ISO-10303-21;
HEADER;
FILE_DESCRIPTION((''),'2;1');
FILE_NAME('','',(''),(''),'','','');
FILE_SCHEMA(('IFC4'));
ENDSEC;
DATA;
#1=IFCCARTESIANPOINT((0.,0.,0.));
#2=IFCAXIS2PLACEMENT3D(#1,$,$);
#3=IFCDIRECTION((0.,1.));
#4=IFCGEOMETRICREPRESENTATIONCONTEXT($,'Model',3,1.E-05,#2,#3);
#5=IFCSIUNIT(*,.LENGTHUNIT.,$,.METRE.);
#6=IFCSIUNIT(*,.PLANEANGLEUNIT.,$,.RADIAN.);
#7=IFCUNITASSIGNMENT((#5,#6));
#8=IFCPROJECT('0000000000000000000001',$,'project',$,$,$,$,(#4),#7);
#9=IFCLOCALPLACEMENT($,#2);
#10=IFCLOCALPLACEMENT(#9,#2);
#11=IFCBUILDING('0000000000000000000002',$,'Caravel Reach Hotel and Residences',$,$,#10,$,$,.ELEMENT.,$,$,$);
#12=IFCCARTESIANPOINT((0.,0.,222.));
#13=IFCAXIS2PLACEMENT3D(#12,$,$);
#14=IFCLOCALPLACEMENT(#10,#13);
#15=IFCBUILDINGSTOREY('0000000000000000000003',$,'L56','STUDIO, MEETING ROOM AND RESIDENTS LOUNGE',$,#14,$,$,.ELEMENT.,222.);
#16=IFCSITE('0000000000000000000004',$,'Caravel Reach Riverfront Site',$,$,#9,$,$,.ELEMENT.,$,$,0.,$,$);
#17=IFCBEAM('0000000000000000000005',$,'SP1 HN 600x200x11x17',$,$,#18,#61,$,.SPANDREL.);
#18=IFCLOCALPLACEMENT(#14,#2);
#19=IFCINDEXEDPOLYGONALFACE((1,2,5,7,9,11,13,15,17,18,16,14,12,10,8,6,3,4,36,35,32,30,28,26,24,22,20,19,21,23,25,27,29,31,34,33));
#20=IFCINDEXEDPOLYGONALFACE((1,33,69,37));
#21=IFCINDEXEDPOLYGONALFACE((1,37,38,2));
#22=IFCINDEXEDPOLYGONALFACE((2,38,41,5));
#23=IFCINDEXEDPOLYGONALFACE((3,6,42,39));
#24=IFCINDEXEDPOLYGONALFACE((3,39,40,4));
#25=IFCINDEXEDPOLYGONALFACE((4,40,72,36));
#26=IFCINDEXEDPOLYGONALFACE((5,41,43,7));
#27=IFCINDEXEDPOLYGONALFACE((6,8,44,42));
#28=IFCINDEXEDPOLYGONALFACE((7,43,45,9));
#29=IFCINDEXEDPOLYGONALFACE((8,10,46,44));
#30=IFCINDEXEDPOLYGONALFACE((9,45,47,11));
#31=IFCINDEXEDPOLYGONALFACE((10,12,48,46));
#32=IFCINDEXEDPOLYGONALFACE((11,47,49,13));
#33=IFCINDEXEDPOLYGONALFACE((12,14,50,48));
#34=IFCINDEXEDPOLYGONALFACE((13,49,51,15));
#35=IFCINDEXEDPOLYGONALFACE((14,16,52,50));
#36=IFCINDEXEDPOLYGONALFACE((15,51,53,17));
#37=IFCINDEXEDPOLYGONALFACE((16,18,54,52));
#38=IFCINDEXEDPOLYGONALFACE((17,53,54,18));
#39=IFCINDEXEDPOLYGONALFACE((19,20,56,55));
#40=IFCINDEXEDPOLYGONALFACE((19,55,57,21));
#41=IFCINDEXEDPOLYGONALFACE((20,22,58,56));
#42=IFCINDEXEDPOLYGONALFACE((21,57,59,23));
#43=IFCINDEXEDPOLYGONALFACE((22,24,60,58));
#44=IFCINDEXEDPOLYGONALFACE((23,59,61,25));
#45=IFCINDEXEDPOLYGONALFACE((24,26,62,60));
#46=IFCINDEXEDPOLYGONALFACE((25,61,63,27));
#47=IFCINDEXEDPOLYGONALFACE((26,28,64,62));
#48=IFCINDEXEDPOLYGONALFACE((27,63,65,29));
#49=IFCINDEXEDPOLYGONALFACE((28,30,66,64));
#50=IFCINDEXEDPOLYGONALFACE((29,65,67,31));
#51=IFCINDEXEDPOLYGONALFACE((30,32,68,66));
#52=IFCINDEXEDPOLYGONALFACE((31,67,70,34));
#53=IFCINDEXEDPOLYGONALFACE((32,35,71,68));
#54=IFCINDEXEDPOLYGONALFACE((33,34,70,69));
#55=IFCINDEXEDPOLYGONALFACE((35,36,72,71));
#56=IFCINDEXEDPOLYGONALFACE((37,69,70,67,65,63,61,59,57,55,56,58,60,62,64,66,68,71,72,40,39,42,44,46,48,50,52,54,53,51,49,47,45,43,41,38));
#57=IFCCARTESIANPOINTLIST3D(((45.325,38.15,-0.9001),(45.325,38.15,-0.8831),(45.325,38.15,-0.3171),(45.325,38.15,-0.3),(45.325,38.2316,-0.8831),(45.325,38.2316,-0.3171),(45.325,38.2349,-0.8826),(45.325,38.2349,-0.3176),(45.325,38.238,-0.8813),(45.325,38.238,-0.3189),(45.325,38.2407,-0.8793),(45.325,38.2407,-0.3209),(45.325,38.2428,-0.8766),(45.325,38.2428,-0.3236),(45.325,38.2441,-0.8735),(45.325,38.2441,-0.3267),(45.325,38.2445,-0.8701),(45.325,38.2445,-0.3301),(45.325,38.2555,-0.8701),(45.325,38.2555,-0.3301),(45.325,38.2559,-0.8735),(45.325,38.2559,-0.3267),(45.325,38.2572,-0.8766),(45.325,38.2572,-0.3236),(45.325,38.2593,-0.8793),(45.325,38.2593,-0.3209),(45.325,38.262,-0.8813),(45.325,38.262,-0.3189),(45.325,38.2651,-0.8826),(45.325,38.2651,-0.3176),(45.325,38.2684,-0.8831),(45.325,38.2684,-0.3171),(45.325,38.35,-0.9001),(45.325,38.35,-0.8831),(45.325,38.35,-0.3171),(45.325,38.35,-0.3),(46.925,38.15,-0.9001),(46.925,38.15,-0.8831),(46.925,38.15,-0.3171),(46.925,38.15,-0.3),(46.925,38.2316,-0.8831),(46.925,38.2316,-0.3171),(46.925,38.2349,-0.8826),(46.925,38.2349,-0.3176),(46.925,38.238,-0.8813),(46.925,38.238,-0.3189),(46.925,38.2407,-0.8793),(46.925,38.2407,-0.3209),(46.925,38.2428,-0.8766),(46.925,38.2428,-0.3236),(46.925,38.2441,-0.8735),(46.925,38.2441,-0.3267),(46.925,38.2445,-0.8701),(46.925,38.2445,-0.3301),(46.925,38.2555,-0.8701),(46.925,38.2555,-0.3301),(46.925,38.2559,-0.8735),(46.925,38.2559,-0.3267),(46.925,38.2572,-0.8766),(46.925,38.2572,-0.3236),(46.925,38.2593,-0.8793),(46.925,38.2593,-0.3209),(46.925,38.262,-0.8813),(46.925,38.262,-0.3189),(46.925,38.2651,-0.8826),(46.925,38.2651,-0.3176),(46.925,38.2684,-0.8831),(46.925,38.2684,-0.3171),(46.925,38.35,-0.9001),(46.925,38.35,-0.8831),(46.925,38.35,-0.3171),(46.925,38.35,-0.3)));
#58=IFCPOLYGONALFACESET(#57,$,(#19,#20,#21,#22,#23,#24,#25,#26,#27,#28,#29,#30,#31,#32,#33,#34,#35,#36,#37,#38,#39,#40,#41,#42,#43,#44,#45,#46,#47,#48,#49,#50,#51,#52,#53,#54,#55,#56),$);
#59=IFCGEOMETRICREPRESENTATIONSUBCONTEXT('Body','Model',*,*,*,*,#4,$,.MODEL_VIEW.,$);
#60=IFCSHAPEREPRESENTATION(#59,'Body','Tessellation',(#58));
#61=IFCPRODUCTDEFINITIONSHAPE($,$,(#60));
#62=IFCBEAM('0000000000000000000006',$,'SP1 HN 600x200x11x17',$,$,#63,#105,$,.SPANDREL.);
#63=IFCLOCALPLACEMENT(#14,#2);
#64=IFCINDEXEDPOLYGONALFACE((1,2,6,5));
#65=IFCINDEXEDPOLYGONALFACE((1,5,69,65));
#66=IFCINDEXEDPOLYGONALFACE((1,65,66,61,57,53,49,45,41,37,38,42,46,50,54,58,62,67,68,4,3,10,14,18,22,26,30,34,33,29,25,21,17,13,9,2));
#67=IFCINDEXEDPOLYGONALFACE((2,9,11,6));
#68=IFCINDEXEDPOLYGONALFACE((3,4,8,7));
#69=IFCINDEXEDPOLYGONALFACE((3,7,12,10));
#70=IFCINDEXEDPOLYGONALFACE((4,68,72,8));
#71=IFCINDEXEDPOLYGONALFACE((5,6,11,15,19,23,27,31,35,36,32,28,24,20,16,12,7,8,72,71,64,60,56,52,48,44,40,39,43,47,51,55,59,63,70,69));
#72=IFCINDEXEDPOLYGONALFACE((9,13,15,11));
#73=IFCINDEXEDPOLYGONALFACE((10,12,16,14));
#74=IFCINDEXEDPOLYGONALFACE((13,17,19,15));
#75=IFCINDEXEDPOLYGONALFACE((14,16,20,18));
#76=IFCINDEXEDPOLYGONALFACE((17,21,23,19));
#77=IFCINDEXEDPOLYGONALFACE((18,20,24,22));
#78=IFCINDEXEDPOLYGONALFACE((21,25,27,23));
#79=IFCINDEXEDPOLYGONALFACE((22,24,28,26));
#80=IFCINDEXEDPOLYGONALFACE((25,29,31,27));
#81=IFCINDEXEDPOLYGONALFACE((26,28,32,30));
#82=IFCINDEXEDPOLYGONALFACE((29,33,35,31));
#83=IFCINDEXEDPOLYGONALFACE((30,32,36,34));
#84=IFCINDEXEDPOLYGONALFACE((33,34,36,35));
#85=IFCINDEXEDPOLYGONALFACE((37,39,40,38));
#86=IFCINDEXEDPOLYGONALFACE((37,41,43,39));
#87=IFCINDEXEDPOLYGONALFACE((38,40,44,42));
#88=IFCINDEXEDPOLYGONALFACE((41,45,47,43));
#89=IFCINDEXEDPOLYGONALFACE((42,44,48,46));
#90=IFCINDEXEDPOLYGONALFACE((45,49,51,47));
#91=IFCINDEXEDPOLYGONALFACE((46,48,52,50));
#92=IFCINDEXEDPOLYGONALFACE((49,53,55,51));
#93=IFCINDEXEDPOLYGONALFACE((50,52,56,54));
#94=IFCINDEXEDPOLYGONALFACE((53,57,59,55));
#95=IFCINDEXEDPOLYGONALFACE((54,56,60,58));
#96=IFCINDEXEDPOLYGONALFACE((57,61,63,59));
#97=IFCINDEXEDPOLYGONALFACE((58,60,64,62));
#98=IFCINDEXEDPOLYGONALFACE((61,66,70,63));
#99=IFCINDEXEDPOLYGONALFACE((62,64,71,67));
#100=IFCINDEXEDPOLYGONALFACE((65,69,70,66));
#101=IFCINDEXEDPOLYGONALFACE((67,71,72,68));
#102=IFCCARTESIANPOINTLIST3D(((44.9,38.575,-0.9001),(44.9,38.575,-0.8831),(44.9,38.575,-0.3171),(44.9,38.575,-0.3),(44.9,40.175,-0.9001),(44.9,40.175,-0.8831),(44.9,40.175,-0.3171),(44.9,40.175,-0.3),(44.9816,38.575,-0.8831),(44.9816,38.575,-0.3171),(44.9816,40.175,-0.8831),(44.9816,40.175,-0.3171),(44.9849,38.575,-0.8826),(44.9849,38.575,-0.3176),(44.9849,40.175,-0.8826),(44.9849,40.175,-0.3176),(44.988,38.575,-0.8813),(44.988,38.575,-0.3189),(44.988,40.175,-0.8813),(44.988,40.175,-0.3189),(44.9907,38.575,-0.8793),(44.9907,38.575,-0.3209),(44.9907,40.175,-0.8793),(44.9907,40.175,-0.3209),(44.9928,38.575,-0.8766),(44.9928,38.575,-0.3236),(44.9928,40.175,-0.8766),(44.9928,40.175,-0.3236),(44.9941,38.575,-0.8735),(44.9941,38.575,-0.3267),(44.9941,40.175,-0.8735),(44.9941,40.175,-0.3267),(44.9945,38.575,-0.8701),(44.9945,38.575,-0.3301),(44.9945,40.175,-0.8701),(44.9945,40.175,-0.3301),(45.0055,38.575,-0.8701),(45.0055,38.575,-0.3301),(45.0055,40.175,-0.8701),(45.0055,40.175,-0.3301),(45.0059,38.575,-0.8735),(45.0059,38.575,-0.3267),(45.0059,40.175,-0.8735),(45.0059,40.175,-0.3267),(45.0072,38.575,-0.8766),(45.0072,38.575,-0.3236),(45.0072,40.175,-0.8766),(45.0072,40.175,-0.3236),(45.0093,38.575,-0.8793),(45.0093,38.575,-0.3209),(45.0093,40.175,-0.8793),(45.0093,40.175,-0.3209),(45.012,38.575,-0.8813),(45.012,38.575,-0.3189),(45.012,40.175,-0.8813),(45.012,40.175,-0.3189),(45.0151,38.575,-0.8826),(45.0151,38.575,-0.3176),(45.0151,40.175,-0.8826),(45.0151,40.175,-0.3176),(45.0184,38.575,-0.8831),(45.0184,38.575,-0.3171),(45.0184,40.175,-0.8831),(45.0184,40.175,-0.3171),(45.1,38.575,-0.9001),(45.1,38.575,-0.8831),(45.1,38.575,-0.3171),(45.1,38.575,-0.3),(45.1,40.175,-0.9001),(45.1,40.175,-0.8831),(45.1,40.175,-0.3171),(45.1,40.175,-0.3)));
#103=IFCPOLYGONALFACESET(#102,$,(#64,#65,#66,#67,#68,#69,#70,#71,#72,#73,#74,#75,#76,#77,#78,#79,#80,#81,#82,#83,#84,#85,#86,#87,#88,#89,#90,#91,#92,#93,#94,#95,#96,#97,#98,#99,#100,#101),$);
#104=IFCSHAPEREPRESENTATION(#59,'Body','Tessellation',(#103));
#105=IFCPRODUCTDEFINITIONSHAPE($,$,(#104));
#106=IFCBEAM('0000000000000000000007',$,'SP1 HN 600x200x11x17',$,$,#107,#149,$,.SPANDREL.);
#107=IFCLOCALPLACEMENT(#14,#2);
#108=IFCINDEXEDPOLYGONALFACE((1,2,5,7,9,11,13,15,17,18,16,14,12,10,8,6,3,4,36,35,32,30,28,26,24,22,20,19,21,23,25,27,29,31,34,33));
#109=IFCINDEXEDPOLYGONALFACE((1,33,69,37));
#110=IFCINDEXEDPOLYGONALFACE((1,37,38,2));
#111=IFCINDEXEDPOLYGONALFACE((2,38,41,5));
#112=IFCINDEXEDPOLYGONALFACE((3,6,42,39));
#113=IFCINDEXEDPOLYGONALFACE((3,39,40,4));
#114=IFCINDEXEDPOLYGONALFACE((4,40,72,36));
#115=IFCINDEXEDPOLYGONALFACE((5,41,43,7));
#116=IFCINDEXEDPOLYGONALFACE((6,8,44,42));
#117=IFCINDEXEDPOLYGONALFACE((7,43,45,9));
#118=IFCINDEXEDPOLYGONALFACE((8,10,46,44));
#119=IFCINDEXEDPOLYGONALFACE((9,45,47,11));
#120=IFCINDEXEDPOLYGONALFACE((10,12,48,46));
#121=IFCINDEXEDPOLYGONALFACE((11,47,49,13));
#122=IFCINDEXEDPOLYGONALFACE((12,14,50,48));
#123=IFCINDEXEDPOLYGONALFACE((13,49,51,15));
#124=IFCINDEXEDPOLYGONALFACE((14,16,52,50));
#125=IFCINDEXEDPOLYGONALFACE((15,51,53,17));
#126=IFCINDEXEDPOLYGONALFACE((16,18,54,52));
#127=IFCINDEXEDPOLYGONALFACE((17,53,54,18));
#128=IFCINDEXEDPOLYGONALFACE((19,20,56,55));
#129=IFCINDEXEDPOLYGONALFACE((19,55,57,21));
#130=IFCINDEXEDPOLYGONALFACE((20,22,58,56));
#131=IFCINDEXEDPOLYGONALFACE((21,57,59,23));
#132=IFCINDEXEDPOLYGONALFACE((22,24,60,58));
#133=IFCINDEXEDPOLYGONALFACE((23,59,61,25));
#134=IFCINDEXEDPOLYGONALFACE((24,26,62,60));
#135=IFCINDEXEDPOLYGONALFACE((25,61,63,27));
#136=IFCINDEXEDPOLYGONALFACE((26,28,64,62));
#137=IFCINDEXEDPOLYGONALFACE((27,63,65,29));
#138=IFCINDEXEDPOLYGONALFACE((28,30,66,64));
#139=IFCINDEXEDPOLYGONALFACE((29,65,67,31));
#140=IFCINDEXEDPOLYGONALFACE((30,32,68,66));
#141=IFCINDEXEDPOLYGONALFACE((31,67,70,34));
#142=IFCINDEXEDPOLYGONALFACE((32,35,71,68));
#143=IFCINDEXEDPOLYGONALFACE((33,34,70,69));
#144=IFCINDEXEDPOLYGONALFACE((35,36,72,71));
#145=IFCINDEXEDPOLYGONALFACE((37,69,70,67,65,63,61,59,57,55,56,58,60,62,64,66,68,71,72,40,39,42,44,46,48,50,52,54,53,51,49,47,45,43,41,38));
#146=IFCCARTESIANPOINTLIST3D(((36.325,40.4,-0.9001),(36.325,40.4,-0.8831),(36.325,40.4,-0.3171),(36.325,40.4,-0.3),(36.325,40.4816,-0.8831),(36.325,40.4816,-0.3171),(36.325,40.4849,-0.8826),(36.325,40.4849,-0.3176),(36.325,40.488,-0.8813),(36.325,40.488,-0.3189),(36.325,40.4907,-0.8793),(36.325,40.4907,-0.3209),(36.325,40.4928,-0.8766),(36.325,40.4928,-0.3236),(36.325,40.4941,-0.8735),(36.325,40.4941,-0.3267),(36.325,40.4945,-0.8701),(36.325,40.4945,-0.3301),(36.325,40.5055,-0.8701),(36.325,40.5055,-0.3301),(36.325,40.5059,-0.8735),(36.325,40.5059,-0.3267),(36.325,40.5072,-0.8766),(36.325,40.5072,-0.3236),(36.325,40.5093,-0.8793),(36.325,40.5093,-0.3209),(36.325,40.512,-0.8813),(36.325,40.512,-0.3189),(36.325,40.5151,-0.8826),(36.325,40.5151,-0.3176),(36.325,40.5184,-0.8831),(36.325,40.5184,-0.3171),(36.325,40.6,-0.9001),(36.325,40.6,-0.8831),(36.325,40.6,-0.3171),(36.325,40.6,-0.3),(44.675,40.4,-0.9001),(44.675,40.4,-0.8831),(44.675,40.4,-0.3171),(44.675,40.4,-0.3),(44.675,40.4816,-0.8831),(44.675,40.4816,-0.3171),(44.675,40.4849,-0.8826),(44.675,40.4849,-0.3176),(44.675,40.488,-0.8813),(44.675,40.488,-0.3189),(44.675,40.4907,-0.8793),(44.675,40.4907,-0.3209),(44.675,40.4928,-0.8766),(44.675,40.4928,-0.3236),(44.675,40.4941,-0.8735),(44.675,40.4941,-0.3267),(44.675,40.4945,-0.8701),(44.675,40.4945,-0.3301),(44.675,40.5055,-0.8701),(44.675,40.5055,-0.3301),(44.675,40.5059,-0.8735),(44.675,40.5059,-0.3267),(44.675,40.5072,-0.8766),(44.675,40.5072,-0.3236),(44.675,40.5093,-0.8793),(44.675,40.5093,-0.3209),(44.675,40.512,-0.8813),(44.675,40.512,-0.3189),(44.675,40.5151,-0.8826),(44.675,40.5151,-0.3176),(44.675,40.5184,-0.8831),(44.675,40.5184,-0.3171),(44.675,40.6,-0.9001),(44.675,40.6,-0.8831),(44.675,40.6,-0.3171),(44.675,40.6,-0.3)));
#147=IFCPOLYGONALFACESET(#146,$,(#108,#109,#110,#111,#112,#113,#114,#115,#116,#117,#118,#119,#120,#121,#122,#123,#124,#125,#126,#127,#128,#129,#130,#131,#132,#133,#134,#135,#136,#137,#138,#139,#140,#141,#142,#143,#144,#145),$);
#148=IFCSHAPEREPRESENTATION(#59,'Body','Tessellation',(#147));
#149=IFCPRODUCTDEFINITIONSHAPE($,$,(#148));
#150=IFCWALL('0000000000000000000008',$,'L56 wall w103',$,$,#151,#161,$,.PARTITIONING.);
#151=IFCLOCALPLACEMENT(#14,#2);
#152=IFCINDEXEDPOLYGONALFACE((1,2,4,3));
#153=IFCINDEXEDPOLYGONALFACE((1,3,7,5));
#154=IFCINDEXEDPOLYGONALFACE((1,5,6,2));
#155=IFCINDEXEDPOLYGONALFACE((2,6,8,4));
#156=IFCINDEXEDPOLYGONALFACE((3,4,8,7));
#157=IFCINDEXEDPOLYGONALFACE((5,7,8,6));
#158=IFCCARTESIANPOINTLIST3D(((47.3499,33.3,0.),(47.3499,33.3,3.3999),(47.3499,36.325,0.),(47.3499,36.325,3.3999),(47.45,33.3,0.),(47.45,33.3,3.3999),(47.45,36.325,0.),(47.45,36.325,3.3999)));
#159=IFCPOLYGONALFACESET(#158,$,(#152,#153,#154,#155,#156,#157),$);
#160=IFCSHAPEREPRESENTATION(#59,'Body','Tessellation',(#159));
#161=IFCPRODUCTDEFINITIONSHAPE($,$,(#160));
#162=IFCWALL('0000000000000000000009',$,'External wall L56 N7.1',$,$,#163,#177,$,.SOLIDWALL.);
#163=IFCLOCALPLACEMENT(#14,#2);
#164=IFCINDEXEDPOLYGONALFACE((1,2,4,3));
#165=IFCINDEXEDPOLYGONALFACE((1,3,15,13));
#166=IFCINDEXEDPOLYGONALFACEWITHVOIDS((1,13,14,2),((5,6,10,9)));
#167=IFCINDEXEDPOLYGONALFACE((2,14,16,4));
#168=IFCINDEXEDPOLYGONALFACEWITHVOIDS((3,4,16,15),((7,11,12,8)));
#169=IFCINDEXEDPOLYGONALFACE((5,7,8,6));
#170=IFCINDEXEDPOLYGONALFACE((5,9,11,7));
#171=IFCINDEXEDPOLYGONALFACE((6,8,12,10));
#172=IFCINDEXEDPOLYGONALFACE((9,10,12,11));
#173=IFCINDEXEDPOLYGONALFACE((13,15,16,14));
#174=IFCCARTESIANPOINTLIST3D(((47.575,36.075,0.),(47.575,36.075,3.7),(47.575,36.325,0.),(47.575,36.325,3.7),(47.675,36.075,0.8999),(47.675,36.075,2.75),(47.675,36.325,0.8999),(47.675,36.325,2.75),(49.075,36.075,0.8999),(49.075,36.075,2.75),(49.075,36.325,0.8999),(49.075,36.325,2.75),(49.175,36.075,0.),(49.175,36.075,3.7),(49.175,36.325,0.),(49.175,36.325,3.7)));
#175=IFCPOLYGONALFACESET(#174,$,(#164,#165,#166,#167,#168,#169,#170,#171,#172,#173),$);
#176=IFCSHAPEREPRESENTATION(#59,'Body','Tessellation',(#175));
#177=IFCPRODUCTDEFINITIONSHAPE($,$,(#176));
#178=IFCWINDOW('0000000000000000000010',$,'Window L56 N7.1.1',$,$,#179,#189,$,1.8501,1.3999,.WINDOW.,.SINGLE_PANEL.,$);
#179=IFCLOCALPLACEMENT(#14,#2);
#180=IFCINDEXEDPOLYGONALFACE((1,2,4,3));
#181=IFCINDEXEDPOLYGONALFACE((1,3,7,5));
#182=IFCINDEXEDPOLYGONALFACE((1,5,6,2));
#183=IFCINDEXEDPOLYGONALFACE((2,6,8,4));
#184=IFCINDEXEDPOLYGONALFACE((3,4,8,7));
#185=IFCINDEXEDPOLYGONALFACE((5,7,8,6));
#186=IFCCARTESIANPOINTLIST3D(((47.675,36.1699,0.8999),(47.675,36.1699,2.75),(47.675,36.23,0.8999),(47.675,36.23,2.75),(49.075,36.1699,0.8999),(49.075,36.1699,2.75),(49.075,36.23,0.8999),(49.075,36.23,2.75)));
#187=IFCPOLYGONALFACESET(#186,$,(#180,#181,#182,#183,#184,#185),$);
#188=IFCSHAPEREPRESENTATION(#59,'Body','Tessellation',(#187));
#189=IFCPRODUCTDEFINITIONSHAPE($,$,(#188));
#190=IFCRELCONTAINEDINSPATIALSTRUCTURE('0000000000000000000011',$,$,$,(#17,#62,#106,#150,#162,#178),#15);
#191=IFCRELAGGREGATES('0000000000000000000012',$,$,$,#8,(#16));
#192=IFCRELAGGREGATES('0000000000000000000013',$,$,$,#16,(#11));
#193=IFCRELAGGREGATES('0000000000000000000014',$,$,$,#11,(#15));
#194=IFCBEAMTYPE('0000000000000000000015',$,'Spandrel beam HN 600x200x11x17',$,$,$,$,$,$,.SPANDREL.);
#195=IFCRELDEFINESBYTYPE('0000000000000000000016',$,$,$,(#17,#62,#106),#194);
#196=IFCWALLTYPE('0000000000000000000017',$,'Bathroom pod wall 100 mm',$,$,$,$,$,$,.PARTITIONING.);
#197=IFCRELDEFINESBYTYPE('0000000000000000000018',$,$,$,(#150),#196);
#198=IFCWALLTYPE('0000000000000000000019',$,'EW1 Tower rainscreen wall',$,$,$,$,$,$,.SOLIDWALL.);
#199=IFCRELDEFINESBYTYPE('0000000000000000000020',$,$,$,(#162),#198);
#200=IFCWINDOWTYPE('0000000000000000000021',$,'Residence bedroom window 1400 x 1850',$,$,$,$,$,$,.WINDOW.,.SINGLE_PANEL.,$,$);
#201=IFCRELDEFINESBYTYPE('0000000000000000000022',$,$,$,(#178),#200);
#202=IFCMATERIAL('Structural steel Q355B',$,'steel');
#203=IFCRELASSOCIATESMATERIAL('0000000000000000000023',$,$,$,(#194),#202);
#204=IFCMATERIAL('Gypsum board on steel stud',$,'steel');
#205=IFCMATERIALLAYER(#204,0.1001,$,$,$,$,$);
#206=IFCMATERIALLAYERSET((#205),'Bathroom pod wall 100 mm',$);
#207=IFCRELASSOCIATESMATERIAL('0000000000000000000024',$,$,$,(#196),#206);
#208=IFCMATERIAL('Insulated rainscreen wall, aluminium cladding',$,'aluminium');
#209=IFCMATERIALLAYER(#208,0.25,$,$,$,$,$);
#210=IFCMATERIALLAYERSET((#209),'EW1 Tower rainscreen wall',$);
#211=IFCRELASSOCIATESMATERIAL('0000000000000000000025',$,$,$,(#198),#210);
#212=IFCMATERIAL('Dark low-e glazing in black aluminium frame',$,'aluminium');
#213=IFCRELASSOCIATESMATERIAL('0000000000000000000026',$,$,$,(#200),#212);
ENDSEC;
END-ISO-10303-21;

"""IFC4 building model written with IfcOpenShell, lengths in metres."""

from ifc_helpers import new_model, si_unit, direction, frame, frame_2d, origin, origin_2d, place, context, subcontext, project, spatial, rectangle, i_section, extrude, material, layer, layer_set, material_profile, profile_set, type_object, element, fill, save


model = new_model("IFC4")

# Units and contexts
model_context = context("Model", 3, precision=1e-05, world=origin(), true_north=direction((0.0, 1.0)))
body_context = subcontext(model_context, "Body", "Model", "MODEL_VIEW")
ifc_project = project(units=[si_unit("LENGTHUNIT", "METRE"), si_unit("PLANEANGLEUNIT", "RADIAN")], contexts=[model_context])

# Site, building, storey
site_placement = place(None, origin())
site = spatial("IfcSite", under=ifc_project, at=site_placement, Name="Caravel Reach Riverfront Site", CompositionType="ELEMENT", RefElevation=0.0)
building_placement = place(site_placement, origin())
building = spatial("IfcBuilding", under=site, at=building_placement, Name="Caravel Reach Hotel and Residences", CompositionType="ELEMENT")
storey_placement = place(building_placement, frame((0.0, 0.0, 222.0)))
storey = spatial("IfcBuildingStorey", under=building, at=storey_placement, Name="L56", Description="STUDIO, MEETING ROOM AND RESIDENTS LOUNGE", CompositionType="ELEMENT", Elevation=222.0)

# Beams
ifc_material_1 = material(Name="Structural steel Q355B", Category="steel")
ifc_material_profile_1 = material_profile(ifc_material_1, i_section(OverallWidth=0.2, OverallDepth=0.6001, WebThickness=0.011, FlangeThickness=0.0171, FilletRadius=0.0129, at=origin_2d()), Name="HN 600x200x11x17")
ifc_profile_set_1 = profile_set([ifc_material_profile_1], Name="Structural steel Q355B")
beam_type = type_object("IfcBeamType", Name="Spandrel beam HN 600x200x11x17", PredefinedType="SPANDREL", material=ifc_profile_set_1)
for number, where, z_axis, x_axis, name in (
    (1, (46.925, 38.25, -0.6001), (-1.0, 0.0, 0.0), (0.0, -1.0, 0.0), "SP1 HN 600x200x11x17"),
    (2, (45.0, 38.575, -0.6001), (0.0, 1.0, 0.0), (-1.0, 0.0, 0.0), "SP1 HN 600x200x11x17"),
):
    element("IfcBeam", number, at=place(storey_placement, frame(where, z_axis=z_axis, x_axis=x_axis)), inside=storey, type_object=beam_type, Name=name, PredefinedType="SPANDREL", context=body_context, shape_type="SweptSolid", body=[
        extrude(i_section(OverallWidth=0.2, OverallDepth=0.6001, WebThickness=0.011, FlangeThickness=0.0171, FilletRadius=0.0129, at=origin_2d()), origin(), (0.0, 0.0, 1.0), 1.6001),
    ])
beam_placement = place(storey_placement, frame((44.675, 40.5, -0.6001), z_axis=(-1.0, 0.0, 0.0), x_axis=(0.0, -1.0, 0.0)))
element("IfcBeam", 3, at=beam_placement, inside=storey, type_object=beam_type, Name="SP1 HN 600x200x11x17", PredefinedType="SPANDREL", context=body_context, shape_type="SweptSolid", body=[
    extrude(i_section(OverallWidth=0.2, OverallDepth=0.6001, WebThickness=0.011, FlangeThickness=0.0171, FilletRadius=0.0129, at=origin_2d()), origin(), (0.0, 0.0, 1.0), 8.3501),
])

# Wall
ifc_material_2 = material(Name="Gypsum board on steel stud", Category="steel")
ifc_layer_1 = layer(ifc_material_2, 0.1001)
ifc_layer_set_1 = layer_set([ifc_layer_1], Name="Bathroom pod wall 100 mm")
wall_type_1 = type_object("IfcWallType", Name="Bathroom pod wall 100 mm", PredefinedType="PARTITIONING", material=ifc_layer_set_1)
wall_1_placement = place(storey_placement, frame((47.3999, 33.3, 0.0), z_axis=(0.0, 0.0, 1.0), x_axis=(0.0, 1.0, 0.0)))
element("IfcWall", 4, at=wall_1_placement, inside=storey, type_object=wall_type_1, Name="L56 wall w103", PredefinedType="PARTITIONING", context=body_context, shape_type="SweptSolid", body=[
    extrude(rectangle(XDim=3.0249, YDim=0.1001, at=frame_2d((1.5125, 0.0))), origin(), (0.0, 0.0, 1.0), 3.3999),
])

# Wall, opening, window
ifc_material_3 = material(Name="Insulated rainscreen wall, aluminium cladding", Category="aluminium")
ifc_layer_2 = layer(ifc_material_3, 0.25)
ifc_layer_set_2 = layer_set([ifc_layer_2], Name="EW1 Tower rainscreen wall")
wall_type_2 = type_object("IfcWallType", Name="EW1 Tower rainscreen wall", PredefinedType="SOLIDWALL", material=ifc_layer_set_2)
wall_2_placement = place(storey_placement, frame((49.175, 36.2, 0.0), z_axis=(0.0, 0.0, 1.0), x_axis=(-1.0, 0.0, 0.0)))
wall_2 = element("IfcWall", 5, at=wall_2_placement, inside=storey, type_object=wall_type_2, Name="External wall L56 N7.1", PredefinedType="SOLIDWALL", context=body_context, shape_type="SweptSolid", body=[
    extrude(rectangle(XDim=1.6001, YDim=0.25, at=frame_2d((0.8, 0.0))), origin(), (0.0, 0.0, 1.0), 3.7),
])
opening_1_placement = place(wall_2_placement, frame((0.1001, 0.0, 0.8999)))
opening_1 = element("IfcOpeningElement", 6, at=opening_1_placement, cuts=wall_2, PredefinedType="OPENING", context=body_context, shape_type="SweptSolid", body=[
    extrude(rectangle(XDim=1.3999, YDim=1.8501, at=frame_2d((0.7, 0.925))), frame((0.0, 0.135, 0.0), z_axis=(0.0, -1.0, 0.0), x_axis=(1.0, 0.0, 0.0)), (0.0, 0.0, 1.0), 0.27),
])
ifc_material_4 = material(Name="Dark low-e glazing in black aluminium frame", Category="aluminium")
window_type_1 = type_object("IfcWindowType", Name="Residence bedroom window 1400 x 1850", PartitioningType="SINGLE_PANEL", PredefinedType="WINDOW", material=ifc_material_4)
window_1_placement = place(opening_1_placement, origin())
window_1 = element("IfcWindow", 7, at=window_1_placement, inside=storey, type_object=window_type_1, Name="Window L56 N7.1.1", OverallHeight=1.8501, OverallWidth=1.3999, PartitioningType="SINGLE_PANEL", PredefinedType="WINDOW", context=body_context, shape_type="SweptSolid", body=[
    extrude(rectangle(XDim=1.3999, YDim=1.8501, at=frame_2d((0.7, 0.925))), frame((0.0, 0.03, 0.0), z_axis=(0.0, -1.0, 0.0), x_axis=(1.0, 0.0, 0.0)), (0.0, 0.0, 1.0), 0.0601),
])
fill(opening_1, window_1)

save(model, "model.ifc")
